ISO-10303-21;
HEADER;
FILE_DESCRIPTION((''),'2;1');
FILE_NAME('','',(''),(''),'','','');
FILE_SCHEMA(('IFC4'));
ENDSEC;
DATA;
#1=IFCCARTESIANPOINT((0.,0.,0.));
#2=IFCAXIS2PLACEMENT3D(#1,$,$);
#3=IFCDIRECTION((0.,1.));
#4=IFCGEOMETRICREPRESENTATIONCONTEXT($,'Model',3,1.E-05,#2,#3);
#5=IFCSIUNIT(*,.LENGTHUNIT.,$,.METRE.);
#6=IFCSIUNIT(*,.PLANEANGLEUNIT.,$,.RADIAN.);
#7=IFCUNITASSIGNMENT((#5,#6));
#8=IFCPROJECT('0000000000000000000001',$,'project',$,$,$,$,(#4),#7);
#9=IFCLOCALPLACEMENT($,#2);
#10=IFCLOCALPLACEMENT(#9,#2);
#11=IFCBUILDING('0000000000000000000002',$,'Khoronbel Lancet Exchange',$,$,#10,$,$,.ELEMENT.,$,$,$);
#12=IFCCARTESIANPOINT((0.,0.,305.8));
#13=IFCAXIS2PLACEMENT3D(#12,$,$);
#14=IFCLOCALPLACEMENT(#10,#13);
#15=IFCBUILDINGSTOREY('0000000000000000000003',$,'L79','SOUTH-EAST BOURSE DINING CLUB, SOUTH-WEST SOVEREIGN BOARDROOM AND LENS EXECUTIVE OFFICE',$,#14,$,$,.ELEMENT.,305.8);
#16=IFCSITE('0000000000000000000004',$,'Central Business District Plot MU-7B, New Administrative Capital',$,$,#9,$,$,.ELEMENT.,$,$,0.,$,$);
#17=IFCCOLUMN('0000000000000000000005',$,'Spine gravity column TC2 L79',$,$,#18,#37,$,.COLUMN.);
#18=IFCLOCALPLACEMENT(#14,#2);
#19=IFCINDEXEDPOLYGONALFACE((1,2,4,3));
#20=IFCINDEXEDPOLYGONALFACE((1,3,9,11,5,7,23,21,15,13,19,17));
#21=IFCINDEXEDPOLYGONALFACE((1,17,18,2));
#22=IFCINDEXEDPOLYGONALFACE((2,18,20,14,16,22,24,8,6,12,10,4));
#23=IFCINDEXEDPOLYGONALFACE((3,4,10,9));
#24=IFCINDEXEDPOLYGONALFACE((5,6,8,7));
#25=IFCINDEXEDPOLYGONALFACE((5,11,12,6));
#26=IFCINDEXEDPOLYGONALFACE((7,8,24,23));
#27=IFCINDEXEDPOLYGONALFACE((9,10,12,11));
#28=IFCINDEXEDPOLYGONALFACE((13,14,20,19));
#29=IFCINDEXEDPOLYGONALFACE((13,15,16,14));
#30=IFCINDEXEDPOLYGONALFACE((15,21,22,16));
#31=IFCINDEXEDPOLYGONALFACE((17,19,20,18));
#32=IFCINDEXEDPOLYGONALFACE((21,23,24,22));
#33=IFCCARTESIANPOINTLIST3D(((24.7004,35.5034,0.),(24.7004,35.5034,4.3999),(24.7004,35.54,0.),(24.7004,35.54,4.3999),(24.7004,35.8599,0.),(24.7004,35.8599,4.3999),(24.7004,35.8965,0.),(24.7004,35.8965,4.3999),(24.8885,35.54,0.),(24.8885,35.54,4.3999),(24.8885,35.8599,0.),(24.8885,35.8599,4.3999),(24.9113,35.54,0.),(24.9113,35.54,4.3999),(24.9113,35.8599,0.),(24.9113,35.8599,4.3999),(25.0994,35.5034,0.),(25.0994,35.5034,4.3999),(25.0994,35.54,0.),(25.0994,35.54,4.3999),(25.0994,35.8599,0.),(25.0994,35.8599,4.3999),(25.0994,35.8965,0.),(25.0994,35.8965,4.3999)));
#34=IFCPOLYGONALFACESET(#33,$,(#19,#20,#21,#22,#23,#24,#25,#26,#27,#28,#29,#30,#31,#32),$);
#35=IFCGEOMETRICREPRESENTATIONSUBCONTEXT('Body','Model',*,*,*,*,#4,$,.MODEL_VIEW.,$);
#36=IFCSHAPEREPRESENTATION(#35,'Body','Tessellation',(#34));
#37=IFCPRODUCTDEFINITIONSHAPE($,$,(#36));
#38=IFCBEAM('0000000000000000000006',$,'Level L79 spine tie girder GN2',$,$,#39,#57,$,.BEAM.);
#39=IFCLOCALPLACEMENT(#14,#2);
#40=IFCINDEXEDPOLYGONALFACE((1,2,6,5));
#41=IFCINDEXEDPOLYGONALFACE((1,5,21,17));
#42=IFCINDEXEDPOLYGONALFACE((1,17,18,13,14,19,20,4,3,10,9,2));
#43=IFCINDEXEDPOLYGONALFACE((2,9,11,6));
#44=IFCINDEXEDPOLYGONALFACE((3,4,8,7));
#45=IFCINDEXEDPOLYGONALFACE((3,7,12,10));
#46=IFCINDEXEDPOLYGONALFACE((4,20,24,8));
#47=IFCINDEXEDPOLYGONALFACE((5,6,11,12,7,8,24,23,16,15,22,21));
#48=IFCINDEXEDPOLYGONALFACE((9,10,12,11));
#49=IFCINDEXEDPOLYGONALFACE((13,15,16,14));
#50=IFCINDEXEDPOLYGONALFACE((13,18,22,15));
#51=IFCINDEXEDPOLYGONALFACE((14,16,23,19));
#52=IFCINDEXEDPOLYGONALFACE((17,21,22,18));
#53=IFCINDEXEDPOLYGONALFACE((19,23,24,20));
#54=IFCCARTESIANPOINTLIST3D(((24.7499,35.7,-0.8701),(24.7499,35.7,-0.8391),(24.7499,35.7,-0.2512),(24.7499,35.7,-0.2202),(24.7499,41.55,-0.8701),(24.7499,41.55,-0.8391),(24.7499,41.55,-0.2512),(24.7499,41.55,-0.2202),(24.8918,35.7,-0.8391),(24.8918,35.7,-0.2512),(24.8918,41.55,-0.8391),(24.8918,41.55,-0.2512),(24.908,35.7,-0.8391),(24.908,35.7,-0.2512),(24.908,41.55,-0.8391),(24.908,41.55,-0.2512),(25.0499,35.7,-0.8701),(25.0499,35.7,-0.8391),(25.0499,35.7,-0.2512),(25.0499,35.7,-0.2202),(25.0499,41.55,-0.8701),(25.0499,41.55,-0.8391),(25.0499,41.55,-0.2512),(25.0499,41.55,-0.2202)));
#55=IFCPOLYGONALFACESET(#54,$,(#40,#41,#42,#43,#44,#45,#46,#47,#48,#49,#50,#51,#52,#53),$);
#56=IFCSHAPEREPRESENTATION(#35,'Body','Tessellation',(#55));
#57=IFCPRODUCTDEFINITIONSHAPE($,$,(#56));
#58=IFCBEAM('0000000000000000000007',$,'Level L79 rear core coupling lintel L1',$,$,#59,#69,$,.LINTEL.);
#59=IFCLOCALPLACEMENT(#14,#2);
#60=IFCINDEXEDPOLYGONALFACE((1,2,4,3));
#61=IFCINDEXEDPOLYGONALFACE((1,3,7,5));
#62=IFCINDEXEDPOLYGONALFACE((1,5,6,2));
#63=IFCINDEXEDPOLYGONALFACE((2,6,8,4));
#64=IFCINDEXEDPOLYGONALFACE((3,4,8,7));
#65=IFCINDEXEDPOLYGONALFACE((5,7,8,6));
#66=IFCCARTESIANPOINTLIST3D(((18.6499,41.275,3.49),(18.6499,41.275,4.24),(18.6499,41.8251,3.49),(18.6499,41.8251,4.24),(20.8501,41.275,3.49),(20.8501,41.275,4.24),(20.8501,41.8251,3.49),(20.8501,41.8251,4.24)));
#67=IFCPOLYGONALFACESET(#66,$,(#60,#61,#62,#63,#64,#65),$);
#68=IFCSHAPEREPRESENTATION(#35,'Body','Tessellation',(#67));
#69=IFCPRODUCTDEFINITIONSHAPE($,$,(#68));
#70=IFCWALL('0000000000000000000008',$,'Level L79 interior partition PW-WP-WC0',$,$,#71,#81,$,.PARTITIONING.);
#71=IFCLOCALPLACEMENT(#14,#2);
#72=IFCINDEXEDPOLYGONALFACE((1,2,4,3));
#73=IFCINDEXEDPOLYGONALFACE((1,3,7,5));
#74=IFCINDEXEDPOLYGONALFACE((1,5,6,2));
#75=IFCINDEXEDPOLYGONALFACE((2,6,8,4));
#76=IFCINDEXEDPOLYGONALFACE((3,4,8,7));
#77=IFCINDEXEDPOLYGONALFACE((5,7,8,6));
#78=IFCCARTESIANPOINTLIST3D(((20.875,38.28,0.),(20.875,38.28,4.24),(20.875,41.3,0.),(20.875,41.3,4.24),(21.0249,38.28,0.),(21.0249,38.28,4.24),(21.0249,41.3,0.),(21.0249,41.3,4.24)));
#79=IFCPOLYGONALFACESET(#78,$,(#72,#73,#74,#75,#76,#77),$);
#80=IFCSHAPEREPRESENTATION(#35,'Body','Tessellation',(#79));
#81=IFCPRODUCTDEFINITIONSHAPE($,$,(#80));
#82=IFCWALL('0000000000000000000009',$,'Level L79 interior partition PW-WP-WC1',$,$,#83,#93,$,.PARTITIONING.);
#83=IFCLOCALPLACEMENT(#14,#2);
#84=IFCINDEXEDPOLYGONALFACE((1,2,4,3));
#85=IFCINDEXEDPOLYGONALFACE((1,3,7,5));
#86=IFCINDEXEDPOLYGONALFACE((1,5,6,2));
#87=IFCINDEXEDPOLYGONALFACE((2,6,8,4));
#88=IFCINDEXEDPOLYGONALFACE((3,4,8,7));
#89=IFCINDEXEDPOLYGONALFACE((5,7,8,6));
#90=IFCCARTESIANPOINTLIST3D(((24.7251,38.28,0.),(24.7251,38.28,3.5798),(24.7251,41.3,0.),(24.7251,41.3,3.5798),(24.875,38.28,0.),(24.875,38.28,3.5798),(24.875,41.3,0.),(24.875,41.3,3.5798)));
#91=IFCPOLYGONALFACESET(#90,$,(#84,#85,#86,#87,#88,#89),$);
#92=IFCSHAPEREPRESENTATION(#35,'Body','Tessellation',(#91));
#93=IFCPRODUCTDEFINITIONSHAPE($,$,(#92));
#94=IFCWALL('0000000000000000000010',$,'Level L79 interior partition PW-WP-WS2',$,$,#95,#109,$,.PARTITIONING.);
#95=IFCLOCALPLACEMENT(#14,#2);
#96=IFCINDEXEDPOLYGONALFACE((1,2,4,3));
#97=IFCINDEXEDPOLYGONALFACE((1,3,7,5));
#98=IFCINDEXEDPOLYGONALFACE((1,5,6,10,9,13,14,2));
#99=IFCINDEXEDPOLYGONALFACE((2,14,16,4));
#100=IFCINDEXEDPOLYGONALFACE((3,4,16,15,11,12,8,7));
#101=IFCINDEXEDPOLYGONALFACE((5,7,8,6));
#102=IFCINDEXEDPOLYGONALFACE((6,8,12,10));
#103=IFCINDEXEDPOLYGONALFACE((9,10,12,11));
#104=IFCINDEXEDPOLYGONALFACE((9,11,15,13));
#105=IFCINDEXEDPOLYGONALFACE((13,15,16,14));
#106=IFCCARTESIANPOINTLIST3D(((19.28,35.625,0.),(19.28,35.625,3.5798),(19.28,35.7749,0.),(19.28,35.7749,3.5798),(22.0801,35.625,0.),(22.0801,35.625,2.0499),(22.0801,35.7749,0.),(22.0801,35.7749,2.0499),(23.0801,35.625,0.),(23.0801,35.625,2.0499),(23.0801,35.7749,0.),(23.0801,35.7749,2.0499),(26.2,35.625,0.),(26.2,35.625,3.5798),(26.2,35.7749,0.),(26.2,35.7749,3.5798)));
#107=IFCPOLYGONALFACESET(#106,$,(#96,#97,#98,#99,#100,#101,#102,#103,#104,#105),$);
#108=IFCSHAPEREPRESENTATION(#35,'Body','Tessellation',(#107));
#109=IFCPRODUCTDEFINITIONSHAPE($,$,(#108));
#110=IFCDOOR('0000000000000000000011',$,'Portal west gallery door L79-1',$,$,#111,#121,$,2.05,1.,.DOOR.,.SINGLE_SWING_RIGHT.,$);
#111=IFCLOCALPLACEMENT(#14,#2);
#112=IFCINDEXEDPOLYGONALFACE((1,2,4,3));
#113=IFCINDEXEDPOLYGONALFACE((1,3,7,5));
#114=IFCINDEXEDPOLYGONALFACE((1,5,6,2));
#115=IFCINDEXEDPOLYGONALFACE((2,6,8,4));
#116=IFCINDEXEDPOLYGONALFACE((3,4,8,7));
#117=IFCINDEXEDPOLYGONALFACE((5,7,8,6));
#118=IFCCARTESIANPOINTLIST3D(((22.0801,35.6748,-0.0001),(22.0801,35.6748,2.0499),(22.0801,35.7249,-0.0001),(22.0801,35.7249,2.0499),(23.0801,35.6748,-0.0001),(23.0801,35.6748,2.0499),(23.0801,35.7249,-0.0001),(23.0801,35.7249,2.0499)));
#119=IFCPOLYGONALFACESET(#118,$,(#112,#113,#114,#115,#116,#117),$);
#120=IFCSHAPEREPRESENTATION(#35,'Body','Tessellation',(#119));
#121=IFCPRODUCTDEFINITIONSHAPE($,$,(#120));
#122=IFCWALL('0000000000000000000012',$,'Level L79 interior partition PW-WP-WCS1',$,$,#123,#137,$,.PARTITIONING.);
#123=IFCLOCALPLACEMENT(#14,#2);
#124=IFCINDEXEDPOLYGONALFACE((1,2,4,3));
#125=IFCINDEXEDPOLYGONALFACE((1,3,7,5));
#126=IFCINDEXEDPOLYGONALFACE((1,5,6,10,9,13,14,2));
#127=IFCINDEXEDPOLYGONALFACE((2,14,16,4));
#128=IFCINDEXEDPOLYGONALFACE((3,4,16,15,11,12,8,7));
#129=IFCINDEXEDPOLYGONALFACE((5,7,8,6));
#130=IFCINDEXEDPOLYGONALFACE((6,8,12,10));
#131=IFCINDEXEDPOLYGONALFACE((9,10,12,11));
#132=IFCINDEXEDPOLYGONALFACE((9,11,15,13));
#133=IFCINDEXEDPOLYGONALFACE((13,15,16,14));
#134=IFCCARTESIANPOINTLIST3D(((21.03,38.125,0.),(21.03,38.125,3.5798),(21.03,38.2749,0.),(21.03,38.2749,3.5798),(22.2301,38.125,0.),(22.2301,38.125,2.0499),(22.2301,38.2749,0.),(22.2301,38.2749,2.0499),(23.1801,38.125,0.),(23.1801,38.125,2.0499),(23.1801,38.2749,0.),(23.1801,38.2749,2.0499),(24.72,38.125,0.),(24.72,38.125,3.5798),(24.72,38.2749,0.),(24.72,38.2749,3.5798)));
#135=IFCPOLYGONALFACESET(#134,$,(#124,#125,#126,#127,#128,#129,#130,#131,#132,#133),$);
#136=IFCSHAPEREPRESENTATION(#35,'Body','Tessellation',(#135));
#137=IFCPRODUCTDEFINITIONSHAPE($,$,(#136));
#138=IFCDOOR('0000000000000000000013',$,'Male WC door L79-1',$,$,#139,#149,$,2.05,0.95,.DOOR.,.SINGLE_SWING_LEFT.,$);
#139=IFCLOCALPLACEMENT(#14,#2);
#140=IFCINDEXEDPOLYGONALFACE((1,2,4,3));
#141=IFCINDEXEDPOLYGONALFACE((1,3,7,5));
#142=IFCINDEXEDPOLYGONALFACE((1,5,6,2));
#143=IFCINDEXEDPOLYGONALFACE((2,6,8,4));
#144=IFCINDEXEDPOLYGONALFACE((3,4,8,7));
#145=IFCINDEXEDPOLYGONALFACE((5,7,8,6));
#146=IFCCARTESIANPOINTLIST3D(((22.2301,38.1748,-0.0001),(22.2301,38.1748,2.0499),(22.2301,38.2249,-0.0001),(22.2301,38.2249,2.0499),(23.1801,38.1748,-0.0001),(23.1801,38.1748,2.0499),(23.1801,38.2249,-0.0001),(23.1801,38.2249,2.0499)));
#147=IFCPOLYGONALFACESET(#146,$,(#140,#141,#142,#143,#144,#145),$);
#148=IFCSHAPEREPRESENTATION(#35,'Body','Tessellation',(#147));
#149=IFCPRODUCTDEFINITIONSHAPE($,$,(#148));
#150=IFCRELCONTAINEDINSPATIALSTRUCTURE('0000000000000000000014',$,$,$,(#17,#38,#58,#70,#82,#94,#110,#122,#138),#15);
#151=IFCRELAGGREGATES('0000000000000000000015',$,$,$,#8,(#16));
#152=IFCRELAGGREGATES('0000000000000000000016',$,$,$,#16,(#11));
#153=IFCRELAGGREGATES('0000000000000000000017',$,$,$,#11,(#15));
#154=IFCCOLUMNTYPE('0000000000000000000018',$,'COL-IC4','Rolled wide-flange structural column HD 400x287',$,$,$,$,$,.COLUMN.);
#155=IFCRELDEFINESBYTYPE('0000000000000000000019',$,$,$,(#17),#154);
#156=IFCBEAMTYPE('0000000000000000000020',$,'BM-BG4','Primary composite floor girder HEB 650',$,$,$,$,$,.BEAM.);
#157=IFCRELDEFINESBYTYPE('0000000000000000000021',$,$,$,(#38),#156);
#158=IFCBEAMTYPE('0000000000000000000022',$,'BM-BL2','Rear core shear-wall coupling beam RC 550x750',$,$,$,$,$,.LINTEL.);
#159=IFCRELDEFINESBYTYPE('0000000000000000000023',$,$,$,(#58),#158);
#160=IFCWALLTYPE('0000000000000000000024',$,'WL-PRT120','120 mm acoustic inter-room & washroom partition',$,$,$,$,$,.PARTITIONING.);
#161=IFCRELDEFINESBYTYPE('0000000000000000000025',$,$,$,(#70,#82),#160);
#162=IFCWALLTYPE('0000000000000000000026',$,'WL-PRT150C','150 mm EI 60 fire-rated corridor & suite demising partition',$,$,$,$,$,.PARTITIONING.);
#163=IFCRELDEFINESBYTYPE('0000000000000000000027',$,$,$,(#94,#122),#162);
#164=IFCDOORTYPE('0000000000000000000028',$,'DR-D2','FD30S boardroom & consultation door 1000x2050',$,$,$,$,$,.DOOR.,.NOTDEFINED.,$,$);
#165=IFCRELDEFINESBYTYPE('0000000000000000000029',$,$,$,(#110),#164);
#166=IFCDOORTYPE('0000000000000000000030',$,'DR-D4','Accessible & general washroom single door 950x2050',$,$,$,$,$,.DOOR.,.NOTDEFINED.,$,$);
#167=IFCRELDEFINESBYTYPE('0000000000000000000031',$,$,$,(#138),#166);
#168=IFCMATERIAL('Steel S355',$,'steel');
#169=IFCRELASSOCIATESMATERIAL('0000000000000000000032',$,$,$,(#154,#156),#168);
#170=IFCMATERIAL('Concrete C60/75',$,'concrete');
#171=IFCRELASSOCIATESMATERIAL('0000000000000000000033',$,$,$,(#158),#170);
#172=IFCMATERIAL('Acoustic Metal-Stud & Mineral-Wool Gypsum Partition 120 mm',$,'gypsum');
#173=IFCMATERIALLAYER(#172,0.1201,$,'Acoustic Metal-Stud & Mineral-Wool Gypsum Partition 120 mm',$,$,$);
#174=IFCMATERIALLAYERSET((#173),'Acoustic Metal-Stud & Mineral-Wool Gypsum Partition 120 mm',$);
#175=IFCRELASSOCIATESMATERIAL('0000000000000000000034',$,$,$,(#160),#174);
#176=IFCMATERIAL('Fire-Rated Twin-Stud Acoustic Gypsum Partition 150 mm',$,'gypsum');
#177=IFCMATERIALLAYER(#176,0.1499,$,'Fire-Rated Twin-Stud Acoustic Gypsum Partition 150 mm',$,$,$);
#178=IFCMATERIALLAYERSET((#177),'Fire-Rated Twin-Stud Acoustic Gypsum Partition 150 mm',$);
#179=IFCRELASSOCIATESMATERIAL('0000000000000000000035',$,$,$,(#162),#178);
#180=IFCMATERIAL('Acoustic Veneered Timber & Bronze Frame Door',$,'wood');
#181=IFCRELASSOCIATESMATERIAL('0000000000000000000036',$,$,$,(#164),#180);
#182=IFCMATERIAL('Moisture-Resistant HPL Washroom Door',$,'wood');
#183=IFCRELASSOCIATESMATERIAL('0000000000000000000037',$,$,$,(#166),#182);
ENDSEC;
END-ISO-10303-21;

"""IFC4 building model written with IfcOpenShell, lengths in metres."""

from ifc_helpers import new_model, si_unit, direction, frame, frame_2d, origin, origin_2d, place, context, subcontext, project, spatial, rectangle, i_section, extrude, material, layer, layer_set, material_profile, profile_set, type_object, element, fill, save


model = new_model("IFC4")

# Units and contexts
model_context = context("Model", 3, precision=1e-05, world=origin(), true_north=direction((0.0, 1.0)))
body_context = subcontext(model_context, "Body", "Model", "MODEL_VIEW")
ifc_project = project(units=[si_unit("LENGTHUNIT", "METRE"), si_unit("PLANEANGLEUNIT", "RADIAN")], contexts=[model_context])

# Site, building, storey
site_placement = place(None, origin())
site = spatial("IfcSite", under=ifc_project, at=site_placement, Name="Central Business District Plot MU-7B, New Administrative Capital", CompositionType="ELEMENT", RefElevation=0.0)
building_placement = place(site_placement, origin())
building = spatial("IfcBuilding", under=site, at=building_placement, Name="Khoronbel Lancet Exchange", CompositionType="ELEMENT")
storey_placement = place(building_placement, frame((0.0, 0.0, 305.8)))
storey = spatial("IfcBuildingStorey", under=building, at=storey_placement, Name="L79", Description="SOUTH-EAST BOURSE DINING CLUB, SOUTH-WEST SOVEREIGN BOARDROOM AND LENS EXECUTIVE OFFICE", CompositionType="ELEMENT", Elevation=305.8)

# Column
ifc_material_1 = material(Name="Steel S355", Category="steel")
ifc_material_profile_1 = material_profile(ifc_material_1, i_section(OverallWidth=0.3989, OverallDepth=0.3931, WebThickness=0.0227, FlangeThickness=0.0366, at=origin_2d()), Name="HD 400x287")
ifc_profile_set_1 = profile_set([ifc_material_profile_1], Name="Steel S355")
column_type = type_object("IfcColumnType", Name="COL-IC4", Description="Rolled wide-flange structural column HD 400x287", PredefinedType="COLUMN", material=ifc_profile_set_1)
column_placement = place(storey_placement, frame((24.8999, 35.7, 0.0), z_axis=(0.0, 0.0, 1.0), x_axis=(1.0, 0.0, 0.0)))
element("IfcColumn", 1, at=column_placement, inside=storey, type_object=column_type, Name="Spine gravity column TC2 L79", PredefinedType="COLUMN", context=body_context, shape_type="SweptSolid", body=[
    extrude(i_section(OverallWidth=0.3989, OverallDepth=0.3931, WebThickness=0.0227, FlangeThickness=0.0366, at=origin_2d()), origin(), (0.0, 0.0, 1.0), 4.3999),
])

# Beams
ifc_material_profile_2 = material_profile(ifc_material_1, i_section(OverallWidth=0.3, OverallDepth=0.6499, WebThickness=0.0161, FlangeThickness=0.031, at=origin_2d()), Name="HEB 650")
ifc_profile_set_2 = profile_set([ifc_material_profile_2], Name="Steel S355")
beam_type_1 = type_object("IfcBeamType", Name="BM-BG4", Description="Primary composite floor girder HEB 650", PredefinedType="BEAM", material=ifc_profile_set_2)
beam_1_placement = place(storey_placement, frame((24.8999, 35.7, -0.5452), z_axis=(0.0, 1.0, 0.0), x_axis=(-1.0, 0.0, 0.0)))
element("IfcBeam", 2, at=beam_1_placement, inside=storey, type_object=beam_type_1, Name="Level L79 spine tie girder GN2", PredefinedType="BEAM", context=body_context, shape_type="SweptSolid", body=[
    extrude(i_section(OverallWidth=0.3, OverallDepth=0.6499, WebThickness=0.0161, FlangeThickness=0.031, at=origin_2d()), origin(), (0.0, 0.0, 1.0), 5.8501),
])
ifc_material_2 = material(Name="Concrete C60/75", Category="concrete")
ifc_material_profile_3 = material_profile(ifc_material_2, rectangle(XDim=0.55, YDim=0.75, at=origin_2d()), Name="RC 550x750")
ifc_profile_set_3 = profile_set([ifc_material_profile_3], Name="Concrete C60/75")
beam_type_2 = type_object("IfcBeamType", Name="BM-BL2", Description="Rear core shear-wall coupling beam RC 550x750", PredefinedType="LINTEL", material=ifc_profile_set_3)
beam_2_placement = place(storey_placement, frame((18.6499, 41.55, 3.865), z_axis=(1.0, 0.0, 0.0), x_axis=(0.0, 1.0, 0.0)))
element("IfcBeam", 3, at=beam_2_placement, inside=storey, type_object=beam_type_2, Name="Level L79 rear core coupling lintel L1", PredefinedType="LINTEL", context=body_context, shape_type="SweptSolid", body=[
    extrude(rectangle(XDim=0.55, YDim=0.75, at=origin_2d()), origin(), (0.0, 0.0, 1.0), 2.2002),
])

# Walls
ifc_material_3 = material(Name="Acoustic Metal-Stud & Mineral-Wool Gypsum Partition 120 mm", Category="gypsum")
ifc_layer_1 = layer(ifc_material_3, 0.1201, Name="Acoustic Metal-Stud & Mineral-Wool Gypsum Partition 120 mm")
ifc_layer_set_1 = layer_set([ifc_layer_1], Name="Acoustic Metal-Stud & Mineral-Wool Gypsum Partition 120 mm")
wall_type_1 = type_object("IfcWallType", Name="WL-PRT120", Description="120 mm acoustic inter-room & washroom partition", PredefinedType="PARTITIONING", material=ifc_layer_set_1)
wall_1_placement = place(storey_placement, frame((20.95, 38.28, 0.0), z_axis=(0.0, 0.0, 1.0), x_axis=(0.0, 1.0, 0.0)))
element("IfcWall", 4, at=wall_1_placement, inside=storey, type_object=wall_type_1, Name="Level L79 interior partition PW-WP-WC0", PredefinedType="PARTITIONING", context=body_context, shape_type="SweptSolid", body=[
    extrude(rectangle(XDim=3.02, YDim=0.1499, at=frame_2d((1.51, 0.0))), origin(), (0.0, 0.0, 1.0), 4.24),
])
wall_2_placement = place(storey_placement, frame((24.8, 38.28, 0.0), z_axis=(0.0, 0.0, 1.0), x_axis=(0.0, 1.0, 0.0)))
element("IfcWall", 5, at=wall_2_placement, inside=storey, type_object=wall_type_1, Name="Level L79 interior partition PW-WP-WC1", PredefinedType="PARTITIONING", context=body_context, shape_type="SweptSolid", body=[
    extrude(rectangle(XDim=3.02, YDim=0.1499, at=frame_2d((1.51, 0.0))), origin(), (0.0, 0.0, 1.0), 3.5798),
])

# Walls, openings, doors
ifc_material_4 = material(Name="Fire-Rated Twin-Stud Acoustic Gypsum Partition 150 mm", Category="gypsum")
ifc_layer_2 = layer(ifc_material_4, 0.1499, Name="Fire-Rated Twin-Stud Acoustic Gypsum Partition 150 mm")
ifc_layer_set_2 = layer_set([ifc_layer_2], Name="Fire-Rated Twin-Stud Acoustic Gypsum Partition 150 mm")
wall_type_2 = type_object("IfcWallType", Name="WL-PRT150C", Description="150 mm EI 60 fire-rated corridor & suite demising partition", PredefinedType="PARTITIONING", material=ifc_layer_set_2)
wall_3_placement = place(storey_placement, frame((19.28, 35.7, 0.0), z_axis=(0.0, 0.0, 1.0), x_axis=(1.0, 0.0, 0.0)))
wall_3 = element("IfcWall", 6, at=wall_3_placement, inside=storey, type_object=wall_type_2, Name="Level L79 interior partition PW-WP-WS2", PredefinedType="PARTITIONING", context=body_context, shape_type="SweptSolid", body=[
    extrude(rectangle(XDim=6.9199, YDim=0.1499, at=frame_2d((3.46, 0.0))), origin(), (0.0, 0.0, 1.0), 3.5798),
])
opening_1_placement = place(wall_3_placement, frame((2.8, 0.0, 0.0)))
opening_1 = element("IfcOpeningElement", 7, at=opening_1_placement, cuts=wall_3, PredefinedType="OPENING", context=body_context, shape_type="SweptSolid", body=[
    extrude(rectangle(XDim=1.0, YDim=2.05, at=frame_2d((0.5, 1.0249))), frame((0.0, 0.085, 0.0), z_axis=(0.0, -1.0, 0.0), x_axis=(1.0, 0.0, 0.0)), (0.0, 0.0, 1.0), 0.1699),
])
ifc_material_5 = material(Name="Acoustic Veneered Timber & Bronze Frame Door", Category="wood")
door_type_1 = type_object("IfcDoorType", Name="DR-D2", Description="FD30S boardroom & consultation door 1000x2050", OperationType="NOTDEFINED", PredefinedType="DOOR", material=ifc_material_5)
door_1_placement = place(opening_1_placement, origin())
door_1 = element("IfcDoor", 8, at=door_1_placement, inside=storey, type_object=door_type_1, Name="Portal west gallery door L79-1", OperationType="SINGLE_SWING_RIGHT", OverallHeight=2.05, OverallWidth=1.0, PredefinedType="DOOR", context=body_context, shape_type="SweptSolid", body=[
    extrude(rectangle(XDim=1.0, YDim=2.05, at=frame_2d((0.5, 1.0249))), frame((0.0, 0.0249, 0.0), z_axis=(0.0, -1.0, 0.0), x_axis=(1.0, 0.0, 0.0)), (0.0, 0.0, 1.0), 0.05),
])
fill(opening_1, door_1)
wall_4_placement = place(storey_placement, frame((21.03, 38.2, 0.0), z_axis=(0.0, 0.0, 1.0), x_axis=(1.0, 0.0, 0.0)))
wall_4 = element("IfcWall", 9, at=wall_4_placement, inside=storey, type_object=wall_type_2, Name="Level L79 interior partition PW-WP-WCS1", PredefinedType="PARTITIONING", context=body_context, shape_type="SweptSolid", body=[
    extrude(rectangle(XDim=3.6899, YDim=0.1499, at=frame_2d((1.845, 0.0))), origin(), (0.0, 0.0, 1.0), 3.5798),
])
opening_2_placement = place(wall_4_placement, frame((1.2, 0.0, 0.0)))
opening_2 = element("IfcOpeningElement", 10, at=opening_2_placement, cuts=wall_4, PredefinedType="OPENING", context=body_context, shape_type="SweptSolid", body=[
    extrude(rectangle(XDim=0.95, YDim=2.05, at=frame_2d((0.4751, 1.0249))), frame((0.0, 0.085, 0.0), z_axis=(0.0, -1.0, 0.0), x_axis=(1.0, 0.0, 0.0)), (0.0, 0.0, 1.0), 0.1699),
])
ifc_material_6 = material(Name="Moisture-Resistant HPL Washroom Door", Category="wood")
door_type_2 = type_object("IfcDoorType", Name="DR-D4", Description="Accessible & general washroom single door 950x2050", OperationType="NOTDEFINED", PredefinedType="DOOR", material=ifc_material_6)
door_2_placement = place(opening_2_placement, origin())
door_2 = element("IfcDoor", 11, at=door_2_placement, inside=storey, type_object=door_type_2, Name="Male WC door L79-1", OperationType="SINGLE_SWING_LEFT", OverallHeight=2.05, OverallWidth=0.95, PredefinedType="DOOR", context=body_context, shape_type="SweptSolid", body=[
    extrude(rectangle(XDim=0.95, YDim=2.05, at=frame_2d((0.4751, 1.0249))), frame((0.0, 0.0249, 0.0), z_axis=(0.0, -1.0, 0.0), x_axis=(1.0, 0.0, 0.0)), (0.0, 0.0, 1.0), 0.05),
])
fill(opening_2, door_2)

save(model, "model.ifc")
